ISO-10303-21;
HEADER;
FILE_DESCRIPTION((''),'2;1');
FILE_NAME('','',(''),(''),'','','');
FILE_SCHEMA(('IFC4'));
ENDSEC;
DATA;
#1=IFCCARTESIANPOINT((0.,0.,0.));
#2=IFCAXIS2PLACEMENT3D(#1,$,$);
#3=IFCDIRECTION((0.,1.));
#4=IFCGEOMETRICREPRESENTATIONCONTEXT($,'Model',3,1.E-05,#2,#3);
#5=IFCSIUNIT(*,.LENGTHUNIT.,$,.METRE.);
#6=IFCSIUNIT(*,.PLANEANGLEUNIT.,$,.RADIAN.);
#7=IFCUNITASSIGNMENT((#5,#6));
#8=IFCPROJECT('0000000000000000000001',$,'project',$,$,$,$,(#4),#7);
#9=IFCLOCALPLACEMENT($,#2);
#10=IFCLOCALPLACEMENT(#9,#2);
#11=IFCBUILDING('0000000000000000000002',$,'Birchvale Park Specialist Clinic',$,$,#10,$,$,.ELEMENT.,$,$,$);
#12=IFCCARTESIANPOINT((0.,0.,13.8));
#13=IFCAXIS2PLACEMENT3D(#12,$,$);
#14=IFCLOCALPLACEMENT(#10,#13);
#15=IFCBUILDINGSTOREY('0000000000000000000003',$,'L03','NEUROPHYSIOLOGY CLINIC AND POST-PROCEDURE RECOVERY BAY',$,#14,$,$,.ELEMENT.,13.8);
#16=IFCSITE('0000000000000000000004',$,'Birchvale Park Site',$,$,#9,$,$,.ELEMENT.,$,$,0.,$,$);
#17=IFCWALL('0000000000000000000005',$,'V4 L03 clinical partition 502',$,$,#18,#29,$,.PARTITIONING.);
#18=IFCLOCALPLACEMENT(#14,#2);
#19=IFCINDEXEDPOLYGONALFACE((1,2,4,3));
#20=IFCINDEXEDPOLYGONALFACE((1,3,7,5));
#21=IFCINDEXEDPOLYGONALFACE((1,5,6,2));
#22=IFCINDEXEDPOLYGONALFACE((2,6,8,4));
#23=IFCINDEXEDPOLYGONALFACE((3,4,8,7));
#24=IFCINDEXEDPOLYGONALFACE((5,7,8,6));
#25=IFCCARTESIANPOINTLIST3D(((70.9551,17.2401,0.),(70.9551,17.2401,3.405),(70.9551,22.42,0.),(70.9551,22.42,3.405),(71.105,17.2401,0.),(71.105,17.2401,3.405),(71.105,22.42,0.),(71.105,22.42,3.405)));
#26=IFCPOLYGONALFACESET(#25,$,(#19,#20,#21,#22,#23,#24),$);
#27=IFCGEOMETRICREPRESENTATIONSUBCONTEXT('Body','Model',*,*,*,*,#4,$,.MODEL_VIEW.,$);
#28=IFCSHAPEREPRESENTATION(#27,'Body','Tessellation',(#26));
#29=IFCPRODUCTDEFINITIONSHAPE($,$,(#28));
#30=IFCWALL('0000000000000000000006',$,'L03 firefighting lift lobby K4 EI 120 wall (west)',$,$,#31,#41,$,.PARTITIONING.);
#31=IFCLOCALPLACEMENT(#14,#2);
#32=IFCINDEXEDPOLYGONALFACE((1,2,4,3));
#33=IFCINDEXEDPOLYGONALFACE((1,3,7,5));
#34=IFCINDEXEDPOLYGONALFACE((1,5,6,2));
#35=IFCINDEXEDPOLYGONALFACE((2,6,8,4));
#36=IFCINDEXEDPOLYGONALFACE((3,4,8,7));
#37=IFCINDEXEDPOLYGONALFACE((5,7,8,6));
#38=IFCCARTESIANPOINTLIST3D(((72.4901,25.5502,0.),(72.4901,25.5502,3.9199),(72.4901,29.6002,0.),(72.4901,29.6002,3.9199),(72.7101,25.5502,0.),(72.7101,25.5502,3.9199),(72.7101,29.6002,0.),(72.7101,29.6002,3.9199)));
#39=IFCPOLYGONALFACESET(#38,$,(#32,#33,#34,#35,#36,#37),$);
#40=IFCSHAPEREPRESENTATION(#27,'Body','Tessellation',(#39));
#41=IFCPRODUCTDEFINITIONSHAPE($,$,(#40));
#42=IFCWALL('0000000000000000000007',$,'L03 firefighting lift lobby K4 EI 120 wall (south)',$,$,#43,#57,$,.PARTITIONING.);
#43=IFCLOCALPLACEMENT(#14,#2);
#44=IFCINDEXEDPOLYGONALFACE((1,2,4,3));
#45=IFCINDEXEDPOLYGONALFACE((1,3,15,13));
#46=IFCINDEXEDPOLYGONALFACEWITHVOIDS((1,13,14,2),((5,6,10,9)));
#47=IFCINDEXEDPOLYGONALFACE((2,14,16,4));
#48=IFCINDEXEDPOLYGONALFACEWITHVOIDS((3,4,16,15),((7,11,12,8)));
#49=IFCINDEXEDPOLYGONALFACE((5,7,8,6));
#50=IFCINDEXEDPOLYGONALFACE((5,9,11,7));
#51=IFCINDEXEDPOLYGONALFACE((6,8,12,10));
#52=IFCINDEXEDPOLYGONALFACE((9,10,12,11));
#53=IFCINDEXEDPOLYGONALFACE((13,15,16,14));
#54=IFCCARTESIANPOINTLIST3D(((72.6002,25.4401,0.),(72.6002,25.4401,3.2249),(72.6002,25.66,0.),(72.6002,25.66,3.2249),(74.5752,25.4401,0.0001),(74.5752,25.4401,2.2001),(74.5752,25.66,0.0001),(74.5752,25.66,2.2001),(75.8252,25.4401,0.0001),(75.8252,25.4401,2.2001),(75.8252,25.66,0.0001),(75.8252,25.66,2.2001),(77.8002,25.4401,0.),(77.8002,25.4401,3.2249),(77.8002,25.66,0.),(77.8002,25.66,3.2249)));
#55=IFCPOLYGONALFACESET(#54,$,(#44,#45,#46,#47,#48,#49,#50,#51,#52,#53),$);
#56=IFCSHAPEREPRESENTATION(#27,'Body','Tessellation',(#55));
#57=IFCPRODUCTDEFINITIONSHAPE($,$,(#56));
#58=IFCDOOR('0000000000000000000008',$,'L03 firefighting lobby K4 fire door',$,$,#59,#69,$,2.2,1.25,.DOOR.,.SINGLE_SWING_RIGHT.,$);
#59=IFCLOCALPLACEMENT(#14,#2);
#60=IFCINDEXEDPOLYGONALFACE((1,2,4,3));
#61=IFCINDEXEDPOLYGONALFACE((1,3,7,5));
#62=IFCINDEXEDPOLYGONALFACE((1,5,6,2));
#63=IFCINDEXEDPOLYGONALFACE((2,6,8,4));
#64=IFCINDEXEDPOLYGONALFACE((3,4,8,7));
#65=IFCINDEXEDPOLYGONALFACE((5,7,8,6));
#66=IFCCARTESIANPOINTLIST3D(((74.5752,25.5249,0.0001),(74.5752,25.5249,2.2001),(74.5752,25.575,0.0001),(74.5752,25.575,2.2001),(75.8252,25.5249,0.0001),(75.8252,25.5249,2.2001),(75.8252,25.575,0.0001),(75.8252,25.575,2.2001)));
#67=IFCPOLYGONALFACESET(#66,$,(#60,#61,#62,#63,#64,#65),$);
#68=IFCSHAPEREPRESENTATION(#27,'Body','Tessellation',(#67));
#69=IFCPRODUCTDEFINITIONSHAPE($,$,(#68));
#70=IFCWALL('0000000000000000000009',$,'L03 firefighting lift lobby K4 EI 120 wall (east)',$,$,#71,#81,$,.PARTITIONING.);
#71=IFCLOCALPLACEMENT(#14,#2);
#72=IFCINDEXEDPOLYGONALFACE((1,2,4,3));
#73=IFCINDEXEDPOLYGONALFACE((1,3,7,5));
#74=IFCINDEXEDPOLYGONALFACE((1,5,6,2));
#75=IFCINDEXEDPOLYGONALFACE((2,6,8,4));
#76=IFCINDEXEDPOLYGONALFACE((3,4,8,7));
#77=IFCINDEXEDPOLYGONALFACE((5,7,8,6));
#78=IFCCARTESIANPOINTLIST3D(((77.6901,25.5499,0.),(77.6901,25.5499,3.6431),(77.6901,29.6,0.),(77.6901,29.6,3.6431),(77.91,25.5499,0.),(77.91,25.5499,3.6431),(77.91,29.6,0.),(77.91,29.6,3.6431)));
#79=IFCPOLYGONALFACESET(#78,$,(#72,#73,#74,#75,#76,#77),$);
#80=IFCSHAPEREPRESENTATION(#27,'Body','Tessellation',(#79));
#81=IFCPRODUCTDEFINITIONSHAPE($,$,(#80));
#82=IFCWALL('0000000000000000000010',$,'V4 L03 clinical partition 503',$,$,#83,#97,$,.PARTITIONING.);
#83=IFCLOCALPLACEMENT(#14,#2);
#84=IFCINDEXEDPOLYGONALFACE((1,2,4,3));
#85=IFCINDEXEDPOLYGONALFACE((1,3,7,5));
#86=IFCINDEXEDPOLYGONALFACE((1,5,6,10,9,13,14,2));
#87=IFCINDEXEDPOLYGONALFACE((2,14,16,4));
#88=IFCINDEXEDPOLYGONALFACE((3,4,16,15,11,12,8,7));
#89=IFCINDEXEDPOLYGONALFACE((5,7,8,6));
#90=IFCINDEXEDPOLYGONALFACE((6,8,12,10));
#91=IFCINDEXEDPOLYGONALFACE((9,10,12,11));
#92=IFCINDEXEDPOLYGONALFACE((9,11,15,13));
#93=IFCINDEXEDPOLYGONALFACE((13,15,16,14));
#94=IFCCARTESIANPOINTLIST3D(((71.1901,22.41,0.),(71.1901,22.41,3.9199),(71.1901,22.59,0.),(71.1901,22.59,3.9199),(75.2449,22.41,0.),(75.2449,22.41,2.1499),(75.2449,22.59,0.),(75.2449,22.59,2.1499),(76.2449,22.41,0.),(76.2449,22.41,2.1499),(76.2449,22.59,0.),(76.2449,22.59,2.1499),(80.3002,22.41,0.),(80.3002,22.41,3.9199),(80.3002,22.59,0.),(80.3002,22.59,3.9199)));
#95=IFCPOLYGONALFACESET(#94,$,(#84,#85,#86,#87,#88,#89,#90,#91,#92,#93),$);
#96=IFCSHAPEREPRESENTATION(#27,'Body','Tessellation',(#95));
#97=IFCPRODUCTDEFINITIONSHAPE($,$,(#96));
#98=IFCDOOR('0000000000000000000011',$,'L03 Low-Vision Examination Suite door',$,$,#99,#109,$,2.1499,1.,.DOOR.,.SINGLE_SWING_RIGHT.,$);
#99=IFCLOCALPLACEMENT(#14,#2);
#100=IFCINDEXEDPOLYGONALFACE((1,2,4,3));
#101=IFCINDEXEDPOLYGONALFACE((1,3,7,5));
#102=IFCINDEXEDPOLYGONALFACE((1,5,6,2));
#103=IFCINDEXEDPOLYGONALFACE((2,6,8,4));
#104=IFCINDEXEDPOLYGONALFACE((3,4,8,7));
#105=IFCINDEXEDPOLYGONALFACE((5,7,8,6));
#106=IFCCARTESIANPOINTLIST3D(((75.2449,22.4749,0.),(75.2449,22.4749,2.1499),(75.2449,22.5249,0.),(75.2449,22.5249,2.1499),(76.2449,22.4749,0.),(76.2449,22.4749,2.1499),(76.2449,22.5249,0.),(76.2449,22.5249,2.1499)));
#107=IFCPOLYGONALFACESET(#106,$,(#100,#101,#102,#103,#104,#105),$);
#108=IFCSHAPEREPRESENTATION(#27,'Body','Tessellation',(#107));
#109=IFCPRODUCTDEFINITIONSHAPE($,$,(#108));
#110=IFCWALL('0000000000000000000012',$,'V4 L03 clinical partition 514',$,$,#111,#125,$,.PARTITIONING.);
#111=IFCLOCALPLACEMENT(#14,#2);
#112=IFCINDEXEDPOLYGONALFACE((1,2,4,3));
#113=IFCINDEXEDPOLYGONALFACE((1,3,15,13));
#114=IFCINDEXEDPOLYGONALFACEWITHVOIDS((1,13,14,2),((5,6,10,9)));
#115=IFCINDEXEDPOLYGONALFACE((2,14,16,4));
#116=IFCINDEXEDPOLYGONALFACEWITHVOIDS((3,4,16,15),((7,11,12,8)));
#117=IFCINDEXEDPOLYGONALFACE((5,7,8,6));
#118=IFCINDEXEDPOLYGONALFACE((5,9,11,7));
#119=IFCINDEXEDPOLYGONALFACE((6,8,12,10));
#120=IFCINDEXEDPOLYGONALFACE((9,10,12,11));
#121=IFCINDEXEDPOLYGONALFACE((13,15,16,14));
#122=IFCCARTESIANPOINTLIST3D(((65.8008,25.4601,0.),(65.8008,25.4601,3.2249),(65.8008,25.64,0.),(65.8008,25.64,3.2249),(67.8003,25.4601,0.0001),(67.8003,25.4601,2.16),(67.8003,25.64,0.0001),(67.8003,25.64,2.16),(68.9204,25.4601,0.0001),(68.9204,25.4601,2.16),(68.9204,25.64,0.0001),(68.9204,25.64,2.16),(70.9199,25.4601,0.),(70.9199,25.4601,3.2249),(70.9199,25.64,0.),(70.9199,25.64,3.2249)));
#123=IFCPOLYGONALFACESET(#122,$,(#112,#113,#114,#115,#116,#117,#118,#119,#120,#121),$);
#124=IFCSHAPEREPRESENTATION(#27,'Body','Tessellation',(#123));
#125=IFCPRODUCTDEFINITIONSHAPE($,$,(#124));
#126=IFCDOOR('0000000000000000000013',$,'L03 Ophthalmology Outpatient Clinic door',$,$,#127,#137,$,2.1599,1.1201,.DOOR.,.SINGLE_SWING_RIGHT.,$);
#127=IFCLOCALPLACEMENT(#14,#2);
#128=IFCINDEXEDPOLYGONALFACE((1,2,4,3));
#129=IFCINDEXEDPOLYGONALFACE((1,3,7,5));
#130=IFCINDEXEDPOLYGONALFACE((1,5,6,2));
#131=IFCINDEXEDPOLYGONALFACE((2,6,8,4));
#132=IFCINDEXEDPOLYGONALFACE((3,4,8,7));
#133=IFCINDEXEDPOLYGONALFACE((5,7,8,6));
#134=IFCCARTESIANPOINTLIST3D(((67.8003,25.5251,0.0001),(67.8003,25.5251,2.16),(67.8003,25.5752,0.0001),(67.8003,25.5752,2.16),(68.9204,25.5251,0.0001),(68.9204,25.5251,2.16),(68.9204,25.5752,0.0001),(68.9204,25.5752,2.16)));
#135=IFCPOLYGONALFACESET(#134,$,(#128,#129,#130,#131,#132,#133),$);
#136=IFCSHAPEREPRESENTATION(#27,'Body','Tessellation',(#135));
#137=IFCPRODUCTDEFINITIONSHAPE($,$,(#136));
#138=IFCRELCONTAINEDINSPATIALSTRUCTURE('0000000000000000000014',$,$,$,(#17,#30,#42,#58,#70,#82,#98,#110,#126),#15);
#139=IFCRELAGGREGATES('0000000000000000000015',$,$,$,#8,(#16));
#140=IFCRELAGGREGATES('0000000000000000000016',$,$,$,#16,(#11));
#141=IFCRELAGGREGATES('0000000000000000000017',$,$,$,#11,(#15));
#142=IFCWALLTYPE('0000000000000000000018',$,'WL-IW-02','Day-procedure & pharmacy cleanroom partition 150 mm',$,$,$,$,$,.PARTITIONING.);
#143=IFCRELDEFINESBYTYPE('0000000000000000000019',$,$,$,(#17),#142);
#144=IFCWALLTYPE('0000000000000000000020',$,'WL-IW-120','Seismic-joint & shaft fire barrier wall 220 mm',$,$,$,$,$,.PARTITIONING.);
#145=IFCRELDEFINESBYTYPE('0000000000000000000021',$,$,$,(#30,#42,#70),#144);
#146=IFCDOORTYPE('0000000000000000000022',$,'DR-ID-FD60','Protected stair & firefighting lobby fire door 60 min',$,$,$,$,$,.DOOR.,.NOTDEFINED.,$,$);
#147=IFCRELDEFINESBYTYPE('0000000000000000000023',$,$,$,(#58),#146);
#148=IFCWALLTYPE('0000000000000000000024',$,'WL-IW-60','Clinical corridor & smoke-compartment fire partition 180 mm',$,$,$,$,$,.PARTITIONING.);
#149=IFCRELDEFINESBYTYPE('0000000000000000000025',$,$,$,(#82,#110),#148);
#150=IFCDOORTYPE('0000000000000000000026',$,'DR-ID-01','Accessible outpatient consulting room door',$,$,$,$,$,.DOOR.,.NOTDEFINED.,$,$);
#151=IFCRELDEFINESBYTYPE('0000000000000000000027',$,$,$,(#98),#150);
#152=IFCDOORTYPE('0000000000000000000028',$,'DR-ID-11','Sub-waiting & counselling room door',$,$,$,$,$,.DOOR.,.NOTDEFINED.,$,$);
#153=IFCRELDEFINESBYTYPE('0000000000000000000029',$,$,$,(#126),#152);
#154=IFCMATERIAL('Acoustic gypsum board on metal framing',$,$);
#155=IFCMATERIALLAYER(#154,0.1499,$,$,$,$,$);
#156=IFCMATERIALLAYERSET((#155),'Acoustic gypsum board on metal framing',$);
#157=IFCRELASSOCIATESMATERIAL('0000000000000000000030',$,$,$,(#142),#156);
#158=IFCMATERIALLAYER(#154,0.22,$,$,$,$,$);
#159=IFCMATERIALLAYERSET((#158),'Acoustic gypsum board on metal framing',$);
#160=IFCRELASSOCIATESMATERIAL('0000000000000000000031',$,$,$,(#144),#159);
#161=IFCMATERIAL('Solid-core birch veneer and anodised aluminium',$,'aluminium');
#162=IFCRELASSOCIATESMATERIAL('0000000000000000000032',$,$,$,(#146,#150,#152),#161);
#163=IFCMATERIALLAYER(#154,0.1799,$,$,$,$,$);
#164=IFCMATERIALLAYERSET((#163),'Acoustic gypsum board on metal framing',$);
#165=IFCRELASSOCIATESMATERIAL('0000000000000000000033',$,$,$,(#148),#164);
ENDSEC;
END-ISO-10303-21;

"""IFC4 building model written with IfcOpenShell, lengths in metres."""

from ifc_helpers import new_model, si_unit, direction, frame, frame_2d, origin, place, context, subcontext, project, spatial, rectangle, extrude, material, layer, layer_set, type_object, element, fill, save


model = new_model("IFC4")

# Units and contexts
model_context = context("Model", 3, precision=1e-05, world=origin(), true_north=direction((0.0, 1.0)))
body_context = subcontext(model_context, "Body", "Model", "MODEL_VIEW")
ifc_project = project(units=[si_unit("LENGTHUNIT", "METRE"), si_unit("PLANEANGLEUNIT", "RADIAN")], contexts=[model_context])

# Site, building, storey
site_placement = place(None, origin())
site = spatial("IfcSite", under=ifc_project, at=site_placement, Name="Birchvale Park Site", CompositionType="ELEMENT", RefElevation=0.0)
building_placement = place(site_placement, origin())
building = spatial("IfcBuilding", under=site, at=building_placement, Name="Birchvale Park Specialist Clinic", CompositionType="ELEMENT")
storey_placement = place(building_placement, frame((0.0, 0.0, 13.8)))
storey = spatial("IfcBuildingStorey", under=building, at=storey_placement, Name="L03", Description="NEUROPHYSIOLOGY CLINIC AND POST-PROCEDURE RECOVERY BAY", CompositionType="ELEMENT", Elevation=13.8)

# Shared definitions
ifc_material_1 = material(Name="Solid-core birch veneer and anodised aluminium", Category="aluminium")

# Walls
ifc_material_2 = material(Name="Acoustic gypsum board on metal framing")
ifc_layer_1 = layer(ifc_material_2, 0.1499)
ifc_layer_set_1 = layer_set([ifc_layer_1], Name="Acoustic gypsum board on metal framing")
wall_type_1 = type_object("IfcWallType", Name="WL-IW-02", Description="Day-procedure & pharmacy cleanroom partition 150 mm", PredefinedType="PARTITIONING", material=ifc_layer_set_1)
wall_1_placement = place(storey_placement, frame((71.03, 22.4199, 0.0), z_axis=(0.0, 0.0, 1.0), x_axis=(0.0, -1.0, 0.0)))
element("IfcWall", 1, at=wall_1_placement, inside=storey, type_object=wall_type_1, Name="V4 L03 clinical partition 502", PredefinedType="PARTITIONING", context=body_context, shape_type="SweptSolid", body=[
    extrude(rectangle(XDim=5.1799, YDim=0.1499, at=frame_2d((2.5898, 0.0))), origin(), (0.0, 0.0, 1.0), 3.405),
])
ifc_layer_2 = layer(ifc_material_2, 0.22)
ifc_layer_set_2 = layer_set([ifc_layer_2], Name="Acoustic gypsum board on metal framing")
wall_type_2 = type_object("IfcWallType", Name="WL-IW-120", Description="Seismic-joint & shaft fire barrier wall 220 mm", PredefinedType="PARTITIONING", material=ifc_layer_set_2)
wall_2_placement = place(storey_placement, frame((72.6001, 29.6001, 0.0), z_axis=(0.0, 0.0, 1.0), x_axis=(0.0, -1.0, 0.0)))
element("IfcWall", 2, at=wall_2_placement, inside=storey, type_object=wall_type_2, Name="L03 firefighting lift lobby K4 EI 120 wall (west)", PredefinedType="PARTITIONING", context=body_context, shape_type="SweptSolid", body=[
    extrude(rectangle(XDim=4.05, YDim=0.22, at=frame_2d((2.0249, 0.0))), origin(), (0.0, 0.0, 1.0), 3.9199),
])

# Wall, opening, door
wall_3_placement = place(storey_placement, frame((72.6001, 25.55, 0.0), z_axis=(0.0, 0.0, 1.0), x_axis=(1.0, 0.0, 0.0)))
wall_3 = element("IfcWall", 3, at=wall_3_placement, inside=storey, type_object=wall_type_2, Name="L03 firefighting lift lobby K4 EI 120 wall (south)", PredefinedType="PARTITIONING", context=body_context, shape_type="SweptSolid", body=[
    extrude(rectangle(XDim=5.2, YDim=0.22, at=frame_2d((2.6001, 0.0))), origin(), (0.0, 0.0, 1.0), 3.2249),
])
opening_1_placement = place(wall_3_placement, frame((1.9751, 0.0, 0.0)))
opening_1 = element("IfcOpeningElement", 4, at=opening_1_placement, cuts=wall_3, PredefinedType="OPENING", context=body_context, shape_type="SweptSolid", body=[
    extrude(rectangle(XDim=1.25, YDim=2.2, at=frame_2d((0.625, 1.1001))), frame((0.0, 0.1201, 0.0), z_axis=(0.0, -1.0, 0.0), x_axis=(1.0, 0.0, 0.0)), (0.0, 0.0, 1.0), 0.24),
])
door_type_1 = type_object("IfcDoorType", Name="DR-ID-FD60", Description="Protected stair & firefighting lobby fire door 60 min", OperationType="NOTDEFINED", PredefinedType="DOOR", material=ifc_material_1)
door_1_placement = place(opening_1_placement, origin())
door_1 = element("IfcDoor", 5, at=door_1_placement, inside=storey, type_object=door_type_1, Name="L03 firefighting lobby K4 fire door", OperationType="SINGLE_SWING_RIGHT", OverallHeight=2.2, OverallWidth=1.25, PredefinedType="DOOR", context=body_context, shape_type="SweptSolid", body=[
    extrude(rectangle(XDim=1.25, YDim=2.2, at=frame_2d((0.625, 1.1001))), frame((0.0, 0.0249, 0.0), z_axis=(0.0, -1.0, 0.0), x_axis=(1.0, 0.0, 0.0)), (0.0, 0.0, 1.0), 0.05),
])
fill(opening_1, door_1)

# Wall
wall_4_placement = place(storey_placement, frame((77.8, 25.55, 0.0), z_axis=(0.0, 0.0, 1.0), x_axis=(0.0, 1.0, 0.0)))
element("IfcWall", 6, at=wall_4_placement, inside=storey, type_object=wall_type_2, Name="L03 firefighting lift lobby K4 EI 120 wall (east)", PredefinedType="PARTITIONING", context=body_context, shape_type="SweptSolid", body=[
    extrude(rectangle(XDim=4.05, YDim=0.22, at=frame_2d((2.0249, 0.0))), origin(), (0.0, 0.0, 1.0), 3.6431),
])

# Walls, openings, doors
ifc_layer_3 = layer(ifc_material_2, 0.1799)
ifc_layer_set_3 = layer_set([ifc_layer_3], Name="Acoustic gypsum board on metal framing")
wall_type_3 = type_object("IfcWallType", Name="WL-IW-60", Description="Clinical corridor & smoke-compartment fire partition 180 mm", PredefinedType="PARTITIONING", material=ifc_layer_set_3)
wall_5_placement = place(storey_placement, frame((71.1899, 22.5, 0.0), z_axis=(0.0, 0.0, 1.0), x_axis=(1.0, 0.0, 0.0)))
wall_5 = element("IfcWall", 7, at=wall_5_placement, inside=storey, type_object=wall_type_3, Name="V4 L03 clinical partition 503", PredefinedType="PARTITIONING", context=body_context, shape_type="SweptSolid", body=[
    extrude(rectangle(XDim=9.1101, YDim=0.1799, at=frame_2d((4.5552, 0.0))), origin(), (0.0, 0.0, 1.0), 3.9199),
])
opening_2_placement = place(wall_5_placement, frame((4.0549, 0.0, 0.0)))
opening_2 = element("IfcOpeningElement", 8, at=opening_2_placement, cuts=wall_5, PredefinedType="OPENING", context=body_context, shape_type="SweptSolid", body=[
    extrude(rectangle(XDim=1.0, YDim=2.1499, at=frame_2d((0.5, 1.075))), frame((0.0, 0.1001, 0.0), z_axis=(0.0, -1.0, 0.0), x_axis=(1.0, 0.0, 0.0)), (0.0, 0.0, 1.0), 0.2),
])
door_type_2 = type_object("IfcDoorType", Name="DR-ID-01", Description="Accessible outpatient consulting room door", OperationType="NOTDEFINED", PredefinedType="DOOR", material=ifc_material_1)
door_2_placement = place(opening_2_placement, origin())
door_2 = element("IfcDoor", 9, at=door_2_placement, inside=storey, type_object=door_type_2, Name="L03 Low-Vision Examination Suite door", OperationType="SINGLE_SWING_RIGHT", OverallHeight=2.1499, OverallWidth=1.0, PredefinedType="DOOR", context=body_context, shape_type="SweptSolid", body=[
    extrude(rectangle(XDim=1.0, YDim=2.1499, at=frame_2d((0.5, 1.075))), frame((0.0, 0.0249, 0.0), z_axis=(0.0, -1.0, 0.0), x_axis=(1.0, 0.0, 0.0)), (0.0, 0.0, 1.0), 0.05),
])
fill(opening_2, door_2)
wall_6_placement = place(storey_placement, frame((70.9199, 25.55, 0.0), z_axis=(0.0, 0.0, 1.0), x_axis=(-1.0, 0.0, 0.0)))
wall_6 = element("IfcWall", 10, at=wall_6_placement, inside=storey, type_object=wall_type_3, Name="V4 L03 clinical partition 514", PredefinedType="PARTITIONING", context=body_context, shape_type="SweptSolid", body=[
    extrude(rectangle(XDim=5.1191, YDim=0.1799, at=frame_2d((2.5596, 0.0))), origin(), (0.0, 0.0, 1.0), 3.2249),
])
opening_3_placement = place(wall_6_placement, frame((1.9995, 0.0, 0.0)))
opening_3 = element("IfcOpeningElement", 11, at=opening_3_placement, cuts=wall_6, PredefinedType="OPENING", context=body_context, shape_type="SweptSolid", body=[
    extrude(rectangle(XDim=1.1201, YDim=2.1599, at=frame_2d((0.5601, 1.0801))), frame((0.0, 0.1001, 0.0), z_axis=(0.0, -1.0, 0.0), x_axis=(1.0, 0.0, 0.0)), (0.0, 0.0, 1.0), 0.2),
])
door_type_3 = type_object("IfcDoorType", Name="DR-ID-11", Description="Sub-waiting & counselling room door", OperationType="NOTDEFINED", PredefinedType="DOOR", material=ifc_material_1)
door_3_placement = place(opening_3_placement, origin())
door_3 = element("IfcDoor", 12, at=door_3_placement, inside=storey, type_object=door_type_3, Name="L03 Ophthalmology Outpatient Clinic door", OperationType="SINGLE_SWING_RIGHT", OverallHeight=2.1599, OverallWidth=1.1201, PredefinedType="DOOR", context=body_context, shape_type="SweptSolid", body=[
    extrude(rectangle(XDim=1.1201, YDim=2.1599, at=frame_2d((0.5601, 1.0801))), frame((0.0, 0.0249, 0.0), z_axis=(0.0, -1.0, 0.0), x_axis=(1.0, 0.0, 0.0)), (0.0, 0.0, 1.0), 0.05),
])
fill(opening_3, door_3)

save(model, "model.ifc")
